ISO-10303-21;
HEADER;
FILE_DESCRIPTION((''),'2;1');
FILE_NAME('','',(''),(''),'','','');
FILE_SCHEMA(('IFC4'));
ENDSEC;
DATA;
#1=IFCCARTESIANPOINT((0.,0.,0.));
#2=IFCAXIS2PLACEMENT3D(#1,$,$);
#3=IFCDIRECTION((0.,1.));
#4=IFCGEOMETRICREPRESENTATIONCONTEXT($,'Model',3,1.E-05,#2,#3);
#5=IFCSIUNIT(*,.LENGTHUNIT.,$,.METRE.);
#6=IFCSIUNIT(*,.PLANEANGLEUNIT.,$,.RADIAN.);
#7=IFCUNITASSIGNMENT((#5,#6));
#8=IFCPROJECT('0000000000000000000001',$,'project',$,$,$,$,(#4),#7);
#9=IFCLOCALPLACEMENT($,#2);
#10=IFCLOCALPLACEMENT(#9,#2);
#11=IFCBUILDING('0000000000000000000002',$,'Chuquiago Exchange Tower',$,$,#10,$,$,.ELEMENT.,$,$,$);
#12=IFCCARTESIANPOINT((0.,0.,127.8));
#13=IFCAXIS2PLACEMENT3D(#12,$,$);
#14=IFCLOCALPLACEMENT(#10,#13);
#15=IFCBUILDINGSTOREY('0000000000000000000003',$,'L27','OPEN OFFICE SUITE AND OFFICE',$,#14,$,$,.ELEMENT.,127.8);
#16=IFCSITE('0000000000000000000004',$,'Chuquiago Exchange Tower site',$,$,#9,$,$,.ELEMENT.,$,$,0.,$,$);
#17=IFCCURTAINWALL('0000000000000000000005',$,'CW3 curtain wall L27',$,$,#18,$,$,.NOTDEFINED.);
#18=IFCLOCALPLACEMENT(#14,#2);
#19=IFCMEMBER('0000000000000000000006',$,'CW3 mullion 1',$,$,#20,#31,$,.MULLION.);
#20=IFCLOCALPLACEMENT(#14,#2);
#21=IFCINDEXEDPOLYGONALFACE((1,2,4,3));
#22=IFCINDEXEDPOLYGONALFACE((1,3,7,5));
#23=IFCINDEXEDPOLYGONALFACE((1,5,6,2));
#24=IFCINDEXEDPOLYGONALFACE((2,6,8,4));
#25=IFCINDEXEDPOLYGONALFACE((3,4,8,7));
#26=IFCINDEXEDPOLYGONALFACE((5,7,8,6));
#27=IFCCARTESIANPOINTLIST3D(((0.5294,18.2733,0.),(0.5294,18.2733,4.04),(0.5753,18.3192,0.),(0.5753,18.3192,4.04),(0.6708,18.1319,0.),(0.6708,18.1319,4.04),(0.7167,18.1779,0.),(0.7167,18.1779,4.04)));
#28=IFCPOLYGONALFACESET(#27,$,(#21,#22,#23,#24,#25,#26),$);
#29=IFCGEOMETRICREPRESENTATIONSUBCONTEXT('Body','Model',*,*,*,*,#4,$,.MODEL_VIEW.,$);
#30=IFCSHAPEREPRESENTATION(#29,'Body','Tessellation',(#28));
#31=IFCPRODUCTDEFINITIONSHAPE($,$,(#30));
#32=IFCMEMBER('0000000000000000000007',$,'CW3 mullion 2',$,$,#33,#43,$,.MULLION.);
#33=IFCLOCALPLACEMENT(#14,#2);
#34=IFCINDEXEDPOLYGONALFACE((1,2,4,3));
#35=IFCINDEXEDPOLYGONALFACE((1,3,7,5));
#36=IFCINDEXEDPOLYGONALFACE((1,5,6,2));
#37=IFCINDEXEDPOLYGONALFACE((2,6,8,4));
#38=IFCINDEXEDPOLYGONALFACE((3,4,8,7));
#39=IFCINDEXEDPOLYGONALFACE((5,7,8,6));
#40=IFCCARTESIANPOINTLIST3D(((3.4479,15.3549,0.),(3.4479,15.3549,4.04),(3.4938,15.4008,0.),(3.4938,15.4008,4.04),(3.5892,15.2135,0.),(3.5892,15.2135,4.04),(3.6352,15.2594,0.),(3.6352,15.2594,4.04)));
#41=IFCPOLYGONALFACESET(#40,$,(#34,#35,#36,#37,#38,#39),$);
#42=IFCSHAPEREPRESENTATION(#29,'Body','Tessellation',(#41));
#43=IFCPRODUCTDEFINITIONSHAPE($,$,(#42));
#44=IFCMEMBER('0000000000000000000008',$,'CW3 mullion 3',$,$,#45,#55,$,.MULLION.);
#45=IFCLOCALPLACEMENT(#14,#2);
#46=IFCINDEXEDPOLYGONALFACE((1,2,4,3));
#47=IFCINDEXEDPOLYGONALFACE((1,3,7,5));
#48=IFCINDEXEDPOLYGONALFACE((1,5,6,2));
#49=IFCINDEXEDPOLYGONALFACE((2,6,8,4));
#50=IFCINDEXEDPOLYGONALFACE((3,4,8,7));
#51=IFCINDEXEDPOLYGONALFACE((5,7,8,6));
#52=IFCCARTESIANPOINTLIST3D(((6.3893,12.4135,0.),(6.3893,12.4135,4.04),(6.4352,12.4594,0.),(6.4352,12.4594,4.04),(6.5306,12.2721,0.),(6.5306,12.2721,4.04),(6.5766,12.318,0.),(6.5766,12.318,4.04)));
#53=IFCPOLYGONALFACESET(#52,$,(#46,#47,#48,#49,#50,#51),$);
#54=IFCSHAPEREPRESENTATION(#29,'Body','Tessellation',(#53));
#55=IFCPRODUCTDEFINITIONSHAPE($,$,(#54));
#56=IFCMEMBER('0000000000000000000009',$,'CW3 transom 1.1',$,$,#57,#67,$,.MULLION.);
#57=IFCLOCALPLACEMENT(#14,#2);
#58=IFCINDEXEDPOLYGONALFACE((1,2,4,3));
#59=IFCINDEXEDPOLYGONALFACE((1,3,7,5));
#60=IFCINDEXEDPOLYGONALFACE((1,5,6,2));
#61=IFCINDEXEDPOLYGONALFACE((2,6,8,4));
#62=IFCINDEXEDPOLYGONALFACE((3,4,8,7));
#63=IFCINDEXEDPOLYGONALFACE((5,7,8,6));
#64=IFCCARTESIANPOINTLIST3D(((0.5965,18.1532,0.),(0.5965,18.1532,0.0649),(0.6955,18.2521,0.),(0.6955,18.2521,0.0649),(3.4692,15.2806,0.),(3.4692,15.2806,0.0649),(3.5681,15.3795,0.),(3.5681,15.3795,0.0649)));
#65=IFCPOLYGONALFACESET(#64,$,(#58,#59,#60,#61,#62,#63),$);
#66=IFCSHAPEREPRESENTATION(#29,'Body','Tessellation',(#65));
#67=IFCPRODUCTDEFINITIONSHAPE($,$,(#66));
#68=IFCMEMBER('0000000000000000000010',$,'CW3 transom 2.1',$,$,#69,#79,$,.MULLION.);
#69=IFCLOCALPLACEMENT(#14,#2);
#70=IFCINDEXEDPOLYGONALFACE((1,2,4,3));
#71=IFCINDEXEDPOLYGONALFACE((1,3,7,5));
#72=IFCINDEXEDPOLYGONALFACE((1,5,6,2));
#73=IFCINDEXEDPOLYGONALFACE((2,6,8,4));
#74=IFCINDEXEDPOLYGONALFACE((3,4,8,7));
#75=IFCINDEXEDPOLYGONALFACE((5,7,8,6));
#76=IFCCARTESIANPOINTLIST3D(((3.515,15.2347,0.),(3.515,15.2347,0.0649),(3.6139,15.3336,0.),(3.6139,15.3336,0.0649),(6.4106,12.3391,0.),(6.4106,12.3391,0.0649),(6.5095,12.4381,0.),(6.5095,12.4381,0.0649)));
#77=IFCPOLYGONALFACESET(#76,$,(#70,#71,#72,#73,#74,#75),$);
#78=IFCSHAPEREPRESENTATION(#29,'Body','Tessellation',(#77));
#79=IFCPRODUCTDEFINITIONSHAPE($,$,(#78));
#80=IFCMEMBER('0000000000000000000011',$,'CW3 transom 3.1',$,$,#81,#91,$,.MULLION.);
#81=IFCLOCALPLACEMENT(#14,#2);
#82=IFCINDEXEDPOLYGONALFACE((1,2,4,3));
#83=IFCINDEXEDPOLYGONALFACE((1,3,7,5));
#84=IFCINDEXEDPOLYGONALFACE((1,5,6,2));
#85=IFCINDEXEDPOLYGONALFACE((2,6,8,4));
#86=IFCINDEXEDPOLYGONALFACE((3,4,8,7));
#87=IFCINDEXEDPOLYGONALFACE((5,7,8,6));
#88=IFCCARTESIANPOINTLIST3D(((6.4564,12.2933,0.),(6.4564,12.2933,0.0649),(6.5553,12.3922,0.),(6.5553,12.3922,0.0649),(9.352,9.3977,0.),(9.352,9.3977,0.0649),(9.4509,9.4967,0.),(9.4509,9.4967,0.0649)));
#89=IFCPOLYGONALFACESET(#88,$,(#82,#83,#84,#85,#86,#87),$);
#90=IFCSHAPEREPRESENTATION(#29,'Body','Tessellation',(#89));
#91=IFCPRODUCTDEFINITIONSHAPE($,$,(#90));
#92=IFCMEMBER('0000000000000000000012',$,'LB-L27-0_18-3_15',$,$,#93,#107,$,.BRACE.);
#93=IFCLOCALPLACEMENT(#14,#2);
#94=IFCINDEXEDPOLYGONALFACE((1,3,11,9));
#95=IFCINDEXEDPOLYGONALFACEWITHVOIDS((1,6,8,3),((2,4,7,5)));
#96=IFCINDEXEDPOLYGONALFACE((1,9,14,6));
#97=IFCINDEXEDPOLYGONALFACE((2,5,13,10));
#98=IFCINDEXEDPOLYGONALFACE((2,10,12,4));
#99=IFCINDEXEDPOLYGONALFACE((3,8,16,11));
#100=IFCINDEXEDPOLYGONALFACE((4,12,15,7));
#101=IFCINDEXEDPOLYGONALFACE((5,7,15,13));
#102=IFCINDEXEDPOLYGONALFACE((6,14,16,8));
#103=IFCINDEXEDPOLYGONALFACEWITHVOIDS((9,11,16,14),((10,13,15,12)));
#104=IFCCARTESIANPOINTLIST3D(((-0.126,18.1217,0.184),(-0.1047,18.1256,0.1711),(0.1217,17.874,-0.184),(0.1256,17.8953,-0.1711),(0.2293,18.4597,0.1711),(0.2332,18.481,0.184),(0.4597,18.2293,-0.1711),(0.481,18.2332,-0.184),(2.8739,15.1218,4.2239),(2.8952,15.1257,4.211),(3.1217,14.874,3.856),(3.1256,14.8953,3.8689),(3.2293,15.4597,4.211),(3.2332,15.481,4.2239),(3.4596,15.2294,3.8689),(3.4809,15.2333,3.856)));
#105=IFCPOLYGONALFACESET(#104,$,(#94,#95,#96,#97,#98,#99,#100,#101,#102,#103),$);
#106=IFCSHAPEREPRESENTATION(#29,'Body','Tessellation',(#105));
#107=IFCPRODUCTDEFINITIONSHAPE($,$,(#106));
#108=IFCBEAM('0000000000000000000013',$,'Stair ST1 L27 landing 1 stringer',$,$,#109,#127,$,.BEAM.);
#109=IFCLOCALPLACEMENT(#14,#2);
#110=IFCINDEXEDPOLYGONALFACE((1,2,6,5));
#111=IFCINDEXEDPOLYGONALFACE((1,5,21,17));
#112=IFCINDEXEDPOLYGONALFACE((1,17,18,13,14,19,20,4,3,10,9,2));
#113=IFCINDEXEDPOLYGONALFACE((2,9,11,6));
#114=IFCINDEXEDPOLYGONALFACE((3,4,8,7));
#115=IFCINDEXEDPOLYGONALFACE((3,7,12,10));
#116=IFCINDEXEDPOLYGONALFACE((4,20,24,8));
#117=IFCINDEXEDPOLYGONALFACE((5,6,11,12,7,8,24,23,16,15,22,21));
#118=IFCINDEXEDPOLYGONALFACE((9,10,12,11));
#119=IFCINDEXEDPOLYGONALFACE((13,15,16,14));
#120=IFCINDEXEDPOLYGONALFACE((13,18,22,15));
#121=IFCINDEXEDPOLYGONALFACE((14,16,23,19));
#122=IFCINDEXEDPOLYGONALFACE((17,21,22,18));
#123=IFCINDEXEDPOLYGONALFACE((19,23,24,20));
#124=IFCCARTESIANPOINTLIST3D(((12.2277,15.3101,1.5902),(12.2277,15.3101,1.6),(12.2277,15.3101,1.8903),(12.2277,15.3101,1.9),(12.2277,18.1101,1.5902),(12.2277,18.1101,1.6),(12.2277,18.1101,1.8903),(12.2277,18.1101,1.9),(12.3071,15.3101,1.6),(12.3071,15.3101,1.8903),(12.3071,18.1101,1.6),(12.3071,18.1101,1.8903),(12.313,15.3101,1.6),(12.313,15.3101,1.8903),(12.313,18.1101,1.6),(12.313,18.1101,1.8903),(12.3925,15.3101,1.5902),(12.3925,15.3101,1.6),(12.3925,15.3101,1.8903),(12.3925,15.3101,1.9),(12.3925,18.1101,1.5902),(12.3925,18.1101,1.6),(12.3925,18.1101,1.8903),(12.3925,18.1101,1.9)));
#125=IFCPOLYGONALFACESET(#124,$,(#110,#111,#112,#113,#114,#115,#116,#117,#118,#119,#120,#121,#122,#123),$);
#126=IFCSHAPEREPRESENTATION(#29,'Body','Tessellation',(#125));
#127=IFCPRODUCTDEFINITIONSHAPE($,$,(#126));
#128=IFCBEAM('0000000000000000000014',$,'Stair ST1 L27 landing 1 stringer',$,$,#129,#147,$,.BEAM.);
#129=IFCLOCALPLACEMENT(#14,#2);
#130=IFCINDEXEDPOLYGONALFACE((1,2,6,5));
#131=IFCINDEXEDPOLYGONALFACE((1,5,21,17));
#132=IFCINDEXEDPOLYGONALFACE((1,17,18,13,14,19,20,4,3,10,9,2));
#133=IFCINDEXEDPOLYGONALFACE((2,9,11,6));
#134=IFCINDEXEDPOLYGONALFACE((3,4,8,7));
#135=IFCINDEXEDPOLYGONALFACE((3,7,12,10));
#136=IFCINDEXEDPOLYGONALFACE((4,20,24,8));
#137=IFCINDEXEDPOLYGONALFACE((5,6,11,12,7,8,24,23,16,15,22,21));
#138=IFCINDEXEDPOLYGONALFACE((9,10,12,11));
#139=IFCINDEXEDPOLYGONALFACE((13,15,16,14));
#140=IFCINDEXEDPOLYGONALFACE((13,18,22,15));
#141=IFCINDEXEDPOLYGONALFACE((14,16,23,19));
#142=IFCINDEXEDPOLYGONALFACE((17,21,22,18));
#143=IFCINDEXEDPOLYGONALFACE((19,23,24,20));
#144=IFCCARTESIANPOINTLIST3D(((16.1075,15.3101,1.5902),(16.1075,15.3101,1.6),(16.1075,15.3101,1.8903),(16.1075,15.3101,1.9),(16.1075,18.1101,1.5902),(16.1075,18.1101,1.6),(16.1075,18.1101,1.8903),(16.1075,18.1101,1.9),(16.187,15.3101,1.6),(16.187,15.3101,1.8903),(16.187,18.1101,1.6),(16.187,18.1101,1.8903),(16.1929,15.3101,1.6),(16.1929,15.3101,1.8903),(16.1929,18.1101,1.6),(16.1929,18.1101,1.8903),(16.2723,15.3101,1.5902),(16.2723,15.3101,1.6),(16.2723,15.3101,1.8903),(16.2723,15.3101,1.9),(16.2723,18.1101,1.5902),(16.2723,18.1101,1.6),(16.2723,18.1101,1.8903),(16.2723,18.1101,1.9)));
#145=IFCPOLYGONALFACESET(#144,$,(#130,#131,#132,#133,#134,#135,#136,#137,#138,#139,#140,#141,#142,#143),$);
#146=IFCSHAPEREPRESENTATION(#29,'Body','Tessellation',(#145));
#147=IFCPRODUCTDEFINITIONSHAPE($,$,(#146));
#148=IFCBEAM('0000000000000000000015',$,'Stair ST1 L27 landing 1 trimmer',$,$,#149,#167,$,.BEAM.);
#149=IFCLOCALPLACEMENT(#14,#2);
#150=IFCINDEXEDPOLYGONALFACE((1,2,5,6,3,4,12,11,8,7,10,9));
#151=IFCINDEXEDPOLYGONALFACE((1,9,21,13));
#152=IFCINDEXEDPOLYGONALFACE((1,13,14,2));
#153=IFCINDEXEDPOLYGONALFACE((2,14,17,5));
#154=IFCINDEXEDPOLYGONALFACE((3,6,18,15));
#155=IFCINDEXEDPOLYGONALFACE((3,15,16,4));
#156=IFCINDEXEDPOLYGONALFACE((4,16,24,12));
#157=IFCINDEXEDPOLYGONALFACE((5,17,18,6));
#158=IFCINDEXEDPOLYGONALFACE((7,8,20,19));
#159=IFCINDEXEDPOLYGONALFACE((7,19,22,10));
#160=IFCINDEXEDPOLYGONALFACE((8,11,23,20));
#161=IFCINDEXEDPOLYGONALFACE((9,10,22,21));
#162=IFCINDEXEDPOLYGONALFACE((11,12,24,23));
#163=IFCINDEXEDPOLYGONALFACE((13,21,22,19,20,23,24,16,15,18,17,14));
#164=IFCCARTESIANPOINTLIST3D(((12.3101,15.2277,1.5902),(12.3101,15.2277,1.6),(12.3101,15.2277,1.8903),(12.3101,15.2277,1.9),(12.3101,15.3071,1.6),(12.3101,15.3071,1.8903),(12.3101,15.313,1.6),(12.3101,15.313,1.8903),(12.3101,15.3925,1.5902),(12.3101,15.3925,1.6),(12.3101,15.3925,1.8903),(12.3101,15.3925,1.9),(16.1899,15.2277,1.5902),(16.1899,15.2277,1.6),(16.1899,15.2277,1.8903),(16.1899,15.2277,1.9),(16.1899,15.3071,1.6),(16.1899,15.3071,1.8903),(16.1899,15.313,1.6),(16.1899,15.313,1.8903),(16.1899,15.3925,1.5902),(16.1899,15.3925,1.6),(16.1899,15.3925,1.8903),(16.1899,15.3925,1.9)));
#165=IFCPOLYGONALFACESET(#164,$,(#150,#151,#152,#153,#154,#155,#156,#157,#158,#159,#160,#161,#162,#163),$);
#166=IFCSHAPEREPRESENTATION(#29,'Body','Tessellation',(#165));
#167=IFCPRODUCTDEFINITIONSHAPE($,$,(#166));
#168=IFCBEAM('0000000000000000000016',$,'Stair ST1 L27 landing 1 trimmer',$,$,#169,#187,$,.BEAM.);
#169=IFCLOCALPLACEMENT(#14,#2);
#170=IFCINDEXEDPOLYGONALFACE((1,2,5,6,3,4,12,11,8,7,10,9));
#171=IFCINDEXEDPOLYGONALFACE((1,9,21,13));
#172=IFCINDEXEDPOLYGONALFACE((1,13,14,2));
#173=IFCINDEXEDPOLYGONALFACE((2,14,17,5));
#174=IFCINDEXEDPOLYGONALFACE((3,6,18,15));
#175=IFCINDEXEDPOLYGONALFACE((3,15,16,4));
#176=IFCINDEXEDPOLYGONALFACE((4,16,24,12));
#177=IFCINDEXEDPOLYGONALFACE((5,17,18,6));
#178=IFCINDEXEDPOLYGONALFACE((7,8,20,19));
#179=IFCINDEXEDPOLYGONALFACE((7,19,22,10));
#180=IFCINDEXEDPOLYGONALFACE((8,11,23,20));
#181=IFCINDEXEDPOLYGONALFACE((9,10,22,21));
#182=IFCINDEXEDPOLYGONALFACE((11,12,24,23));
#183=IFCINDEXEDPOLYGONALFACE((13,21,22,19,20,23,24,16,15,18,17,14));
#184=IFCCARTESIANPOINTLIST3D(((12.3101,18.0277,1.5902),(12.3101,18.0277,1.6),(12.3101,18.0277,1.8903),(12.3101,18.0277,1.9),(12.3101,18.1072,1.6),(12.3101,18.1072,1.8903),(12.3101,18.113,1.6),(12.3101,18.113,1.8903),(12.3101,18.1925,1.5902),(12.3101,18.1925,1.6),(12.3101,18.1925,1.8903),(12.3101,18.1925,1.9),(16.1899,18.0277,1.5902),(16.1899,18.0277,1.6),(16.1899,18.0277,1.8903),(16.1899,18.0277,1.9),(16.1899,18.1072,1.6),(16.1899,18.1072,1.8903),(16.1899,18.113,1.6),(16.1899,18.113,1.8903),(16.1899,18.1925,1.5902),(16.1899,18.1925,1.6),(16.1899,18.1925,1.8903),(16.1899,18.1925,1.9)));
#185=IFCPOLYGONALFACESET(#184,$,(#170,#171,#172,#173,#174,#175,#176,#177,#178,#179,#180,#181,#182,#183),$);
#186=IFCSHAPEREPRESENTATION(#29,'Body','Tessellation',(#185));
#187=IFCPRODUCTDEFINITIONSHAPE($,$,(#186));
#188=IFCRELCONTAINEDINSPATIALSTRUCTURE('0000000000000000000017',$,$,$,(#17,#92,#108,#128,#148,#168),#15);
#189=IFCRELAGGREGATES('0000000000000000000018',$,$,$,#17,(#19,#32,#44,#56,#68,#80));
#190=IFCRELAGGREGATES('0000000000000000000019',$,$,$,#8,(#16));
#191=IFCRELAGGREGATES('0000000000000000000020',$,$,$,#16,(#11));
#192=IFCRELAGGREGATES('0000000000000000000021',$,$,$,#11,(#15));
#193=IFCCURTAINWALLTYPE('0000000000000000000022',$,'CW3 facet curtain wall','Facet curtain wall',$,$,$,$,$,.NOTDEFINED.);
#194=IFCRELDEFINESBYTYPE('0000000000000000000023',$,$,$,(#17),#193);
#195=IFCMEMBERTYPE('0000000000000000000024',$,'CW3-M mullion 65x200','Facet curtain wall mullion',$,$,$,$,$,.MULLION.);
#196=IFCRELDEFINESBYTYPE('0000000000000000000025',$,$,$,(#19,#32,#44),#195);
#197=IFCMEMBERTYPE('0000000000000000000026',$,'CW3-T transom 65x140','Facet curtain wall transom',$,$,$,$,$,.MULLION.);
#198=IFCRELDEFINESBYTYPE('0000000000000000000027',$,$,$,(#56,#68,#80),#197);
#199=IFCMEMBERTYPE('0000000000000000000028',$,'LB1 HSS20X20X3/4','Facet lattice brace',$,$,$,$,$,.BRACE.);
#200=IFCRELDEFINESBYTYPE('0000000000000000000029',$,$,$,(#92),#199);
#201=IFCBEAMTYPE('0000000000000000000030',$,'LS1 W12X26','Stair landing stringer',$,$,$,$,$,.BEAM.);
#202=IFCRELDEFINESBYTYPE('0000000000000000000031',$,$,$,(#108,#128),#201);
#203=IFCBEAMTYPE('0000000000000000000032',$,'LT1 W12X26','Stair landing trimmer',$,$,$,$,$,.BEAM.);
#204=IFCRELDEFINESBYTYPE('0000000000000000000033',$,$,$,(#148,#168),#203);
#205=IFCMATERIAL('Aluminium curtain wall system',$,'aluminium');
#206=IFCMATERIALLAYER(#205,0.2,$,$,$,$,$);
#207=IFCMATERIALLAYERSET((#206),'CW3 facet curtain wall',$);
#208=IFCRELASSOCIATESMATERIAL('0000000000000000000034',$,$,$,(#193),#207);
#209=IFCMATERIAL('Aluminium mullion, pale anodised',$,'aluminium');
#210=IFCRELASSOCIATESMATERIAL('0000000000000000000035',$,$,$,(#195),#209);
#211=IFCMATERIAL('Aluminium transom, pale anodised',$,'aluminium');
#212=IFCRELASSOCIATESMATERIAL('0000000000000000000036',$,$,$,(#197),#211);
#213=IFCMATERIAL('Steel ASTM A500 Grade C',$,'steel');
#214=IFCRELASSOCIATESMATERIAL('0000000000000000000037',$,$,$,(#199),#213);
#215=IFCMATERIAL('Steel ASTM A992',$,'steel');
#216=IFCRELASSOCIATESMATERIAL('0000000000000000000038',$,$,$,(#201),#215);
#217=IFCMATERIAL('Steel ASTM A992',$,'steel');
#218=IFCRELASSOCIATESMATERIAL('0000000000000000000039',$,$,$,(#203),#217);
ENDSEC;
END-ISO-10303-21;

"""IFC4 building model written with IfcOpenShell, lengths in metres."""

from ifc_helpers import new_model, si_unit, direction, frame, origin, origin_2d, place, context, subcontext, project, spatial, rectangle, hollow_rectangle, i_section, extrude, material, layer, layer_set, material_profile, profile_set, type_object, element, aggregate, save


model = new_model("IFC4")

# Units and contexts
model_context = context("Model", 3, precision=1e-05, world=origin(), true_north=direction((0.0, 1.0)))
body_context = subcontext(model_context, "Body", "Model", "MODEL_VIEW")
ifc_project = project(units=[si_unit("LENGTHUNIT", "METRE"), si_unit("PLANEANGLEUNIT", "RADIAN")], contexts=[model_context])

# Site, building, storey
site_placement = place(None, origin())
site = spatial("IfcSite", under=ifc_project, at=site_placement, Name="Chuquiago Exchange Tower site", CompositionType="ELEMENT", RefElevation=0.0)
building_placement = place(site_placement, origin())
building = spatial("IfcBuilding", under=site, at=building_placement, Name="Chuquiago Exchange Tower", CompositionType="ELEMENT")
storey_placement = place(building_placement, frame((0.0, 0.0, 127.8)))
storey = spatial("IfcBuildingStorey", under=building, at=storey_placement, Name="L27", Description="OPEN OFFICE SUITE AND OFFICE", CompositionType="ELEMENT", Elevation=127.8)

# Curtain wall, members
ifc_material_1 = material(Name="Aluminium curtain wall system", Category="aluminium")
ifc_layer_1 = layer(ifc_material_1, 0.2)
ifc_layer_set_1 = layer_set([ifc_layer_1], Name="CW3 facet curtain wall")
curtain_wall_type_1 = type_object("IfcCurtainWallType", Name="CW3 facet curtain wall", Description="Facet curtain wall", PredefinedType="NOTDEFINED", material=ifc_layer_set_1)
curtain_wall_1_placement = place(storey_placement, origin())
curtain_wall_1 = element("IfcCurtainWall", 1, at=curtain_wall_1_placement, inside=storey, type_object=curtain_wall_type_1, Name="CW3 curtain wall L27", PredefinedType="NOTDEFINED")
ifc_material_2 = material(Name="Aluminium mullion, pale anodised", Category="aluminium")
ifc_material_profile_1 = material_profile(ifc_material_2, rectangle(XDim=0.0649, YDim=0.2, at=origin_2d()), Name="AL 65x200")
ifc_profile_set_1 = profile_set([ifc_material_profile_1], Name="Aluminium mullion, pale anodised")
member_type_1 = type_object("IfcMemberType", Name="CW3-M mullion 65x200", Description="Facet curtain wall mullion", PredefinedType="MULLION", material=ifc_profile_set_1)
member_1_placement = place(storey_placement, frame((0.623, 18.2256, 0.0), z_axis=(0.0, 0.0, 1.0), x_axis=(0.707107, 0.707107, 0.0)))
member_1 = element("IfcMember", 2, at=member_1_placement, type_object=member_type_1, Name="CW3 mullion 1", PredefinedType="MULLION", context=body_context, shape_type="SweptSolid", body=[
    extrude(rectangle(XDim=0.0649, YDim=0.2, at=origin_2d()), origin(), (0.0, 0.0, 1.0), 4.04),
])
member_2_placement = place(storey_placement, frame((3.5415, 15.3071, 0.0), z_axis=(0.0, 0.0, 1.0), x_axis=(0.707107, 0.707107, 0.0)))
member_2 = element("IfcMember", 3, at=member_2_placement, type_object=member_type_1, Name="CW3 mullion 2", PredefinedType="MULLION", context=body_context, shape_type="SweptSolid", body=[
    extrude(rectangle(XDim=0.0649, YDim=0.2, at=origin_2d()), origin(), (0.0, 0.0, 1.0), 4.04),
])
member_3_placement = place(storey_placement, frame((6.4829, 12.3657, 0.0), z_axis=(0.0, 0.0, 1.0), x_axis=(0.707107, 0.707107, 0.0)))
member_3 = element("IfcMember", 4, at=member_3_placement, type_object=member_type_1, Name="CW3 mullion 3", PredefinedType="MULLION", context=body_context, shape_type="SweptSolid", body=[
    extrude(rectangle(XDim=0.0649, YDim=0.2, at=origin_2d()), origin(), (0.0, 0.0, 1.0), 4.04),
])
ifc_material_3 = material(Name="Aluminium transom, pale anodised", Category="aluminium")
ifc_material_profile_2 = material_profile(ifc_material_3, rectangle(XDim=0.1399, YDim=0.0649, at=origin_2d()), Name="AL 140x65")
ifc_profile_set_2 = profile_set([ifc_material_profile_2], Name="Aluminium transom, pale anodised")
member_type_2 = type_object("IfcMemberType", Name="CW3-T transom 65x140", Description="Facet curtain wall transom", PredefinedType="MULLION", material=ifc_profile_set_2)
member_4_placement = place(storey_placement, frame((0.646, 18.2026, 0.0325), z_axis=(0.707107, -0.707107, 0.0), x_axis=(0.707107, 0.707107, 0.0)))
member_4 = element("IfcMember", 5, at=member_4_placement, type_object=member_type_2, Name="CW3 transom 1.1", PredefinedType="MULLION", context=body_context, shape_type="SweptSolid", body=[
    extrude(rectangle(XDim=0.1399, YDim=0.0649, at=origin_2d()), origin(), (0.0, 0.0, 1.0), 4.0625),
])
member_5_placement = place(storey_placement, frame((3.5645, 15.2842, 0.0325), z_axis=(0.707107, -0.707107, 0.0), x_axis=(0.707107, 0.707107, 0.0)))
member_5 = element("IfcMember", 6, at=member_5_placement, type_object=member_type_2, Name="CW3 transom 2.1", PredefinedType="MULLION", context=body_context, shape_type="SweptSolid", body=[
    extrude(rectangle(XDim=0.1399, YDim=0.0649, at=origin_2d()), origin(), (0.0, 0.0, 1.0), 4.095),
])
member_6_placement = place(storey_placement, frame((6.5059, 12.3428, 0.0325), z_axis=(0.707107, -0.707107, 0.0), x_axis=(0.707107, 0.707107, 0.0)))
member_6 = element("IfcMember", 7, at=member_6_placement, type_object=member_type_2, Name="CW3 transom 3.1", PredefinedType="MULLION", context=body_context, shape_type="SweptSolid", body=[
    extrude(rectangle(XDim=0.1399, YDim=0.0649, at=origin_2d()), origin(), (0.0, 0.0, 1.0), 4.095),
])

# Member
ifc_material_4 = material(Name="Steel ASTM A500 Grade C", Category="steel")
ifc_material_profile_3 = material_profile(ifc_material_4, hollow_rectangle(XDim=0.5081, YDim=0.5081, WallThickness=0.0178, at=origin_2d()), Name="HSS20X20X3/4")
ifc_profile_set_3 = profile_set([ifc_material_profile_3], Name="Steel ASTM A500 Grade C")
member_type_3 = type_object("IfcMemberType", Name="LB1 HSS20X20X3/4", Description="Facet lattice brace", PredefinedType="BRACE", material=ifc_profile_set_3)
member_7_placement = place(storey_placement, frame((0.1775, 18.1775, 0.0), z_axis=(0.512077, -0.512077, 0.689604), x_axis=(0.707107, 0.707107, 0.0)))
element("IfcMember", 8, at=member_7_placement, inside=storey, type_object=member_type_3, Name="LB-L27-0_18-3_15", PredefinedType="BRACE", context=body_context, shape_type="SweptSolid", body=[
    extrude(hollow_rectangle(XDim=0.5081, YDim=0.5081, WallThickness=0.0178, at=origin_2d()), origin(), (0.0, 0.0, 1.0), 5.8584),
])

# Beams
ifc_material_5 = material(Name="Steel ASTM A992", Category="steel")
ifc_material_profile_4 = material_profile(ifc_material_5, i_section(OverallWidth=0.1648, OverallDepth=0.3098, WebThickness=0.0059, FlangeThickness=0.0098, at=origin_2d()), Name="W12X26")
ifc_profile_set_4 = profile_set([ifc_material_profile_4], Name="Steel ASTM A992")
beam_type_1 = type_object("IfcBeamType", Name="LS1 W12X26", Description="Stair landing stringer", PredefinedType="BEAM", material=ifc_profile_set_4)
for number, where, z_axis, x_axis, name in (
    (9, (12.3101, 15.3101, 1.7451), (0.0, 1.0, 0.0), (-1.0, 0.0, 0.0), "Stair ST1 L27 landing 1 stringer"),
    (10, (16.1899, 15.3101, 1.7451), (0.0, 1.0, 0.0), (-1.0, 0.0, 0.0), "Stair ST1 L27 landing 1 stringer"),
):
    element("IfcBeam", number, at=place(storey_placement, frame(where, z_axis=z_axis, x_axis=x_axis)), inside=storey, type_object=beam_type_1, Name=name, PredefinedType="BEAM", context=body_context, shape_type="SweptSolid", body=[
        extrude(i_section(OverallWidth=0.1648, OverallDepth=0.3098, WebThickness=0.0059, FlangeThickness=0.0098, at=origin_2d()), origin(), (0.0, 0.0, 1.0), 2.8),
    ])
ifc_material_6 = material(Name="Steel ASTM A992", Category="steel")
ifc_material_profile_5 = material_profile(ifc_material_6, i_section(OverallWidth=0.1648, OverallDepth=0.3098, WebThickness=0.0059, FlangeThickness=0.0098, at=origin_2d()), Name="W12X26")
ifc_profile_set_5 = profile_set([ifc_material_profile_5], Name="Steel ASTM A992")
beam_type_2 = type_object("IfcBeamType", Name="LT1 W12X26", Description="Stair landing trimmer", PredefinedType="BEAM", material=ifc_profile_set_5)
for number, where, z_axis, x_axis, name in (
    (11, (12.3101, 15.3101, 1.7451), (1.0, 0.0, 0.0), (0.0, 1.0, 0.0), "Stair ST1 L27 landing 1 trimmer"),
    (12, (12.3101, 18.1101, 1.7451), (1.0, 0.0, 0.0), (0.0, 1.0, 0.0), "Stair ST1 L27 landing 1 trimmer"),
):
    element("IfcBeam", number, at=place(storey_placement, frame(where, z_axis=z_axis, x_axis=x_axis)), inside=storey, type_object=beam_type_2, Name=name, PredefinedType="BEAM", context=body_context, shape_type="SweptSolid", body=[
        extrude(i_section(OverallWidth=0.1648, OverallDepth=0.3098, WebThickness=0.0059, FlangeThickness=0.0098, at=origin_2d()), origin(), (0.0, 0.0, 1.0), 3.8799),
    ])

aggregate(curtain_wall_1, [member_1, member_2, member_3, member_4, member_5, member_6])

save(model, "model.ifc")
